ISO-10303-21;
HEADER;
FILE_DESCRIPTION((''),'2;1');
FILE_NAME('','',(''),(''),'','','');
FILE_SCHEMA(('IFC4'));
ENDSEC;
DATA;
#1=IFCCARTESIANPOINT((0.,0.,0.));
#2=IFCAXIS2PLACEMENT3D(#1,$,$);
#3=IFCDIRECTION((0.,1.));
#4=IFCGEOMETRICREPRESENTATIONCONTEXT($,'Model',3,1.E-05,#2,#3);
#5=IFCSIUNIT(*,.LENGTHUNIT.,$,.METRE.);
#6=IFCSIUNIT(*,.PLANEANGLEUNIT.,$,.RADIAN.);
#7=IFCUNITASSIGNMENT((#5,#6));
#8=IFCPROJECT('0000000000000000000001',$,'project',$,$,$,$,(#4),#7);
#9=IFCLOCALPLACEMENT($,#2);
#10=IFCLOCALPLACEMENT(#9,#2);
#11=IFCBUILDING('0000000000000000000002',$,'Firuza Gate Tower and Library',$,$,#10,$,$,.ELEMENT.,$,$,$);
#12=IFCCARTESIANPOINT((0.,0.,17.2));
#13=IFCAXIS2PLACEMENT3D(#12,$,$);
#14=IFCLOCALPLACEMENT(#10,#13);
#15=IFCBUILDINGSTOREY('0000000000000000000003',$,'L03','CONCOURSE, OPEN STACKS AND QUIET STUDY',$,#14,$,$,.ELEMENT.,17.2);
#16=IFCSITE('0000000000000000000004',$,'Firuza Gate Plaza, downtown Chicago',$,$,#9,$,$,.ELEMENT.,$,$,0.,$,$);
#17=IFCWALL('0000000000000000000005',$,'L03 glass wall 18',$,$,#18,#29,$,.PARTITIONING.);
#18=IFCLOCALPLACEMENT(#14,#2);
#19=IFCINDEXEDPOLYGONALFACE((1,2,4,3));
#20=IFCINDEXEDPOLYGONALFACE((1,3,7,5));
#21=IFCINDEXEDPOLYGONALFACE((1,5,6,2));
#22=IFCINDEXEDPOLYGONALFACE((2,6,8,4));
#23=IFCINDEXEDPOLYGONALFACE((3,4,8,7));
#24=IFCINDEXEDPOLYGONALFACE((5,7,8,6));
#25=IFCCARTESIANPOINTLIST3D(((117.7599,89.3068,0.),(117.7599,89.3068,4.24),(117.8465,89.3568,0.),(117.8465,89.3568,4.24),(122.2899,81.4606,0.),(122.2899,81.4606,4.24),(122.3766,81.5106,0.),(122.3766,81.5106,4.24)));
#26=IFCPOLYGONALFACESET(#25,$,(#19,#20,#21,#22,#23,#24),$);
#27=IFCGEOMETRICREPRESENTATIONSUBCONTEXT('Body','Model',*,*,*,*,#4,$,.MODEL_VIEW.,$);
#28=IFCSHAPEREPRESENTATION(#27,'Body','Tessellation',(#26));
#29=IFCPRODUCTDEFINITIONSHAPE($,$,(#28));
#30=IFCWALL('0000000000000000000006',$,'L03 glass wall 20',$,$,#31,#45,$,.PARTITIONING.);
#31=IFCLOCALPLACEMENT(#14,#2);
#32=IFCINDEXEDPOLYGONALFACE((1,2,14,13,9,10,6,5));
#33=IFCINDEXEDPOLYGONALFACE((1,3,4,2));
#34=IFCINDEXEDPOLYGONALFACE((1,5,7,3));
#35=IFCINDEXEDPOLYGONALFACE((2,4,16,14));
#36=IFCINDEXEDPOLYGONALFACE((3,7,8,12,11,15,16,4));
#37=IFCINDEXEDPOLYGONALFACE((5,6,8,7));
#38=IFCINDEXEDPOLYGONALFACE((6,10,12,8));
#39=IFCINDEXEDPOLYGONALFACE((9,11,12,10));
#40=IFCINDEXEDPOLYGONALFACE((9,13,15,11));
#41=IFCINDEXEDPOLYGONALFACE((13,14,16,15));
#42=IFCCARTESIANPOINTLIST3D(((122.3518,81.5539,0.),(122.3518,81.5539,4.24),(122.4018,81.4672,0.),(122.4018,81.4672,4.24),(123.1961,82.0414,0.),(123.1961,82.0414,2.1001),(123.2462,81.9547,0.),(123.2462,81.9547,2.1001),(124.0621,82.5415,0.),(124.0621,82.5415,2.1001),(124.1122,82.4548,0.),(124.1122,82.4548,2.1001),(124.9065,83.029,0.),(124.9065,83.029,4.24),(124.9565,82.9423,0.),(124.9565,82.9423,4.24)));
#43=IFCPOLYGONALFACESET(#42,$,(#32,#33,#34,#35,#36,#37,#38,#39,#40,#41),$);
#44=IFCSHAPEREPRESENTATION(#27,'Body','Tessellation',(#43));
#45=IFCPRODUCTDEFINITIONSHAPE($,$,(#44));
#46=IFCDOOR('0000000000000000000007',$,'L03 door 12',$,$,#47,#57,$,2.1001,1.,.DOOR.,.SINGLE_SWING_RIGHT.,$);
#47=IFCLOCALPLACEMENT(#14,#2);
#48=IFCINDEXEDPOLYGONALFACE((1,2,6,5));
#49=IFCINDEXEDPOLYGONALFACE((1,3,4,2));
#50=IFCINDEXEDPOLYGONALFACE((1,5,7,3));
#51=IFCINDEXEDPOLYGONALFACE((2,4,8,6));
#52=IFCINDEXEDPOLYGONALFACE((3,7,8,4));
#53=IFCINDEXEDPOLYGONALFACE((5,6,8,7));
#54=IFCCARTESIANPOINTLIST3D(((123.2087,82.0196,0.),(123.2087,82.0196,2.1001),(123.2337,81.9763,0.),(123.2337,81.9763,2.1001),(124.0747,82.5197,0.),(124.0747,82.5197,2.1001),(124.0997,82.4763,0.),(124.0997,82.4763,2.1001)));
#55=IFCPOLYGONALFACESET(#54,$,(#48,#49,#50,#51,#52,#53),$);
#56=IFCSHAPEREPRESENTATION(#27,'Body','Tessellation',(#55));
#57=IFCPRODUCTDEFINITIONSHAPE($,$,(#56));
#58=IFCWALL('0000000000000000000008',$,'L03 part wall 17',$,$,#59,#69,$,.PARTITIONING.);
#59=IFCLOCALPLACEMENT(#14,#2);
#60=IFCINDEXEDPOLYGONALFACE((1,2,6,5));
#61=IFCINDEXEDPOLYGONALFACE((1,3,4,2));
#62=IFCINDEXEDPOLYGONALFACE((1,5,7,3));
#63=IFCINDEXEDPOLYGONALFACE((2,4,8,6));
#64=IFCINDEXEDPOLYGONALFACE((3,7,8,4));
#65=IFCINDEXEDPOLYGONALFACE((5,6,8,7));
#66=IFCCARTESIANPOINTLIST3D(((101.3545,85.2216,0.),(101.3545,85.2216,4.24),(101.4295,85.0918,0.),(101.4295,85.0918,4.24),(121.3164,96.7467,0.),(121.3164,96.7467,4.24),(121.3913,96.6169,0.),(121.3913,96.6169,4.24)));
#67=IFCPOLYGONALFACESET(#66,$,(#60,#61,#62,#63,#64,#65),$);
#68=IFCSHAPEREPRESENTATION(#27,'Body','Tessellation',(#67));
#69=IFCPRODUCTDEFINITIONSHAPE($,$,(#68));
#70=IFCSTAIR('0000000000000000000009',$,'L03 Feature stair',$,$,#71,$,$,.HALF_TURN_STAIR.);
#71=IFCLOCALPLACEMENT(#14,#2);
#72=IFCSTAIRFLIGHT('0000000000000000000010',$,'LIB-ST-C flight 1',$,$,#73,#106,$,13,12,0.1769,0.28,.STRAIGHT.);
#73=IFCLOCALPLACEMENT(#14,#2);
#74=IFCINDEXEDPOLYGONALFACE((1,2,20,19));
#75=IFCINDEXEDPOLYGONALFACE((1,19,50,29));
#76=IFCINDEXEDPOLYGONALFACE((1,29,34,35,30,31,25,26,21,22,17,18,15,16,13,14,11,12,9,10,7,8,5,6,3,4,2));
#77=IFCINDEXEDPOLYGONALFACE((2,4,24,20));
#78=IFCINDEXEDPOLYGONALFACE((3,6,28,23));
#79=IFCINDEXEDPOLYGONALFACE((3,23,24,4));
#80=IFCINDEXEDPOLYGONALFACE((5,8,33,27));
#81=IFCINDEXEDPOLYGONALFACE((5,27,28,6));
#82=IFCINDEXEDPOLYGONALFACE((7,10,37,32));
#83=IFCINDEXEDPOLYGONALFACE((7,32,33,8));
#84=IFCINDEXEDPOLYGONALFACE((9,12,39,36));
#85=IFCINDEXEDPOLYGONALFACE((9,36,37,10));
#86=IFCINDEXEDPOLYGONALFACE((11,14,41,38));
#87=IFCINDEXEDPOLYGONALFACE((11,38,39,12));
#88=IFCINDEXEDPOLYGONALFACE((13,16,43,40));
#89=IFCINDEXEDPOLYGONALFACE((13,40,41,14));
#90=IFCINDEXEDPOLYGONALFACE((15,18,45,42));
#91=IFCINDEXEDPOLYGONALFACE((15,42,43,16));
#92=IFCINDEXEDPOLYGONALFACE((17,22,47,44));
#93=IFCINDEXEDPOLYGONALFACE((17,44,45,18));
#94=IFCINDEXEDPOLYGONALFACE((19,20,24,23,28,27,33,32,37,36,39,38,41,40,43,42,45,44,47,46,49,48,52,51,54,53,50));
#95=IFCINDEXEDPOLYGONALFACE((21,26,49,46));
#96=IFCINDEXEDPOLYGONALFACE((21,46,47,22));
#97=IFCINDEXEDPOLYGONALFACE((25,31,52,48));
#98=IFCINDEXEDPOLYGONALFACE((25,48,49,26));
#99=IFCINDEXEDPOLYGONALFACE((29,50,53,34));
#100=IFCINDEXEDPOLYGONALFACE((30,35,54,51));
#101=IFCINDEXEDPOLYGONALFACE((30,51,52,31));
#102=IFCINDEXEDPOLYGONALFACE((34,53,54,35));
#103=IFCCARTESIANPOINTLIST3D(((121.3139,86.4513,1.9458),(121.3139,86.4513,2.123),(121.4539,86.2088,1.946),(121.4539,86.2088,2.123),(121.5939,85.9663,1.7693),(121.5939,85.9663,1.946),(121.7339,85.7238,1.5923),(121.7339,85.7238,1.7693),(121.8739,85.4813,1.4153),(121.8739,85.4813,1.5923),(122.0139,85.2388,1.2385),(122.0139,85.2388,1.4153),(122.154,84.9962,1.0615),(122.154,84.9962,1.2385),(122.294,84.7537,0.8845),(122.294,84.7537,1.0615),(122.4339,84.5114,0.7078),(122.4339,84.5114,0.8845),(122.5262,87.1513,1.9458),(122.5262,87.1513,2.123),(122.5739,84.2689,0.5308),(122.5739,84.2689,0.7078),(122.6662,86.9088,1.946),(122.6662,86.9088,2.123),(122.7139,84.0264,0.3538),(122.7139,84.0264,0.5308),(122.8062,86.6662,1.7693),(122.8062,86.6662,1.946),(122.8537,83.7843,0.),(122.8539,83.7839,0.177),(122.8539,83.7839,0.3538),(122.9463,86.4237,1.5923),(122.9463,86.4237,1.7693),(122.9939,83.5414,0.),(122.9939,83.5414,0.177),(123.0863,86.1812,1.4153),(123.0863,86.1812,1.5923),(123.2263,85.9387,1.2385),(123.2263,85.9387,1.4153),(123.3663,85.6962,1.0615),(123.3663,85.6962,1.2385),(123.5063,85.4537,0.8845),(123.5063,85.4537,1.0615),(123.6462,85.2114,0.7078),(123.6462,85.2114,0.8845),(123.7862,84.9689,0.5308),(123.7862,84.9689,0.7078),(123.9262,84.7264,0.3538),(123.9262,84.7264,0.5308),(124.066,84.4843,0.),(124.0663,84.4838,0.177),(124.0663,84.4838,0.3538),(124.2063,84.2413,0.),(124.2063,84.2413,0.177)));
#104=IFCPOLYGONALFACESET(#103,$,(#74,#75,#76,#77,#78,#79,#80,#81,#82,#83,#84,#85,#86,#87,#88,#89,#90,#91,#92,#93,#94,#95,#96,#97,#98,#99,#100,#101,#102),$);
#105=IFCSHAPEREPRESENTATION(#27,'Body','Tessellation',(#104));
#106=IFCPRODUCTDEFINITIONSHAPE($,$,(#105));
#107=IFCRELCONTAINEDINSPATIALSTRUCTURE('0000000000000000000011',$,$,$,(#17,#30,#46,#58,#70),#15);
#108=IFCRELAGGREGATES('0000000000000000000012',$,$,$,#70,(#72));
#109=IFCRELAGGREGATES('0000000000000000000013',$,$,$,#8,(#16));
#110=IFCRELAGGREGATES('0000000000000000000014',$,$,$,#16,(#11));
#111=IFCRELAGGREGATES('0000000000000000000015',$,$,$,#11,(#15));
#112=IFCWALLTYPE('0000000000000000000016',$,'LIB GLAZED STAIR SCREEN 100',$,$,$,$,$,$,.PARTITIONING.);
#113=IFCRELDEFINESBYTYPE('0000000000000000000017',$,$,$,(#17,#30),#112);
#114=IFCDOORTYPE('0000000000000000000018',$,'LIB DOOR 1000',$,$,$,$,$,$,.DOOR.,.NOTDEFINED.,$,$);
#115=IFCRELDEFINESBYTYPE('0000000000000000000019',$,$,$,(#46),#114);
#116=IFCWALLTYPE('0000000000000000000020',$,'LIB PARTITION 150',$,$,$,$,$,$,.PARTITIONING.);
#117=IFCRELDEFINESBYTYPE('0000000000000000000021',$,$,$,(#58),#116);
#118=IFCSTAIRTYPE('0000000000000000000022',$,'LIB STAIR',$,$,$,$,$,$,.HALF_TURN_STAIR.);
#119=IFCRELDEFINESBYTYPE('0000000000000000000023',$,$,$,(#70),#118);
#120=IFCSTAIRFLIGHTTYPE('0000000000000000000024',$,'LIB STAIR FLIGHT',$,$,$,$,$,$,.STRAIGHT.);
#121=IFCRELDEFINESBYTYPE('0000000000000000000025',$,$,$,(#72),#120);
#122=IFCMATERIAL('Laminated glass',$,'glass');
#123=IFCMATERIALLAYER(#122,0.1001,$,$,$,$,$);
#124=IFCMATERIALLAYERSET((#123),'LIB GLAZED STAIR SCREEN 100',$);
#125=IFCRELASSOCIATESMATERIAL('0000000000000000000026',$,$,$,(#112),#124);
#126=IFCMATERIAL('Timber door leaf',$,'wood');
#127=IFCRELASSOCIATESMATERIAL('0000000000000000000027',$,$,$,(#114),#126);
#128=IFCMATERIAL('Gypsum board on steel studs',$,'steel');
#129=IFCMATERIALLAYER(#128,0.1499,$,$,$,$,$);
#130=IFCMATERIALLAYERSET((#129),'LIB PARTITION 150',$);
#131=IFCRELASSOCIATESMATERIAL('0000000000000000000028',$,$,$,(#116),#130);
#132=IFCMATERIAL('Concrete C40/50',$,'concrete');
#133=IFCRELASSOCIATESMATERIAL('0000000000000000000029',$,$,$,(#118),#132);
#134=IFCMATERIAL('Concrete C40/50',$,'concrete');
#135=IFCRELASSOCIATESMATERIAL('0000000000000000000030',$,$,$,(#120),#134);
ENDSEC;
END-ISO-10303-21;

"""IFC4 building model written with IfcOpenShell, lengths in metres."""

from ifc_helpers import new_model, si_unit, direction, frame, frame_2d, origin, place, context, subcontext, project, spatial, polyline, rectangle, outline, extrude, material, layer, layer_set, type_object, element, fill, aggregate, save


model = new_model("IFC4")

# Units and contexts
model_context = context("Model", 3, precision=1e-05, world=origin(), true_north=direction((0.0, 1.0)))
body_context = subcontext(model_context, "Body", "Model", "MODEL_VIEW")
ifc_project = project(units=[si_unit("LENGTHUNIT", "METRE"), si_unit("PLANEANGLEUNIT", "RADIAN")], contexts=[model_context])

# Site, building, storey
site_placement = place(None, origin())
site = spatial("IfcSite", under=ifc_project, at=site_placement, Name="Firuza Gate Plaza, downtown Chicago", CompositionType="ELEMENT", RefElevation=0.0)
building_placement = place(site_placement, origin())
building = spatial("IfcBuilding", under=site, at=building_placement, Name="Firuza Gate Tower and Library", CompositionType="ELEMENT")
storey_placement = place(building_placement, frame((0.0, 0.0, 17.2)))
storey = spatial("IfcBuildingStorey", under=building, at=storey_placement, Name="L03", Description="CONCOURSE, OPEN STACKS AND QUIET STUDY", CompositionType="ELEMENT", Elevation=17.2)

# Shared definitions
placement = place(storey_placement, origin())

# Wall
ifc_material_1 = material(Name="Laminated glass", Category="glass")
ifc_layer_1 = layer(ifc_material_1, 0.1001)
ifc_layer_set_1 = layer_set([ifc_layer_1], Name="LIB GLAZED STAIR SCREEN 100")
wall_type_1 = type_object("IfcWallType", Name="LIB GLAZED STAIR SCREEN 100", PredefinedType="PARTITIONING", material=ifc_layer_set_1)
wall_1_placement = place(storey_placement, frame((122.3333, 81.4856, 0.0), z_axis=(0.0, 0.0, 1.0), x_axis=(-0.500002, 0.866024, 0.0)))
element("IfcWall", 1, at=wall_1_placement, inside=storey, type_object=wall_type_1, Name="L03 glass wall 18", PredefinedType="PARTITIONING", context=body_context, shape_type="SweptSolid", body=[
    extrude(rectangle(XDim=9.0601, YDim=0.1001, at=frame_2d((4.53, 0.0))), origin(), (0.0, 0.0, 1.0), 4.24),
])

# Wall, opening, door
wall_2_placement = place(storey_placement, frame((122.3767, 81.5105, 0.0), z_axis=(0.0, 0.0, 1.0), x_axis=(0.866004, 0.500038, 0.0)))
wall_2 = element("IfcWall", 2, at=wall_2_placement, inside=storey, type_object=wall_type_1, Name="L03 glass wall 20", PredefinedType="PARTITIONING", context=body_context, shape_type="SweptSolid", body=[
    extrude(rectangle(XDim=2.95, YDim=0.1001, at=frame_2d((1.4751, 0.0))), origin(), (0.0, 0.0, 1.0), 4.24),
])
opening_1_placement = place(wall_2_placement, frame((0.9751, 0.0, 0.0)))
opening_1 = element("IfcOpeningElement", 3, at=opening_1_placement, cuts=wall_2, PredefinedType="OPENING", context=body_context, shape_type="SweptSolid", body=[
    extrude(rectangle(XDim=1.0, YDim=2.1001, at=frame_2d((0.5, 1.05))), frame((0.0, 0.0601, 0.0), z_axis=(0.0, -1.0, 0.0), x_axis=(1.0, 0.0, 0.0)), (0.0, 0.0, 1.0), 0.1201),
])
ifc_material_2 = material(Name="Timber door leaf", Category="wood")
door_type_1 = type_object("IfcDoorType", Name="LIB DOOR 1000", OperationType="NOTDEFINED", PredefinedType="DOOR", material=ifc_material_2)
door_1_placement = place(opening_1_placement, origin())
door_1 = element("IfcDoor", 4, at=door_1_placement, inside=storey, type_object=door_type_1, Name="L03 door 12", OperationType="SINGLE_SWING_RIGHT", OverallHeight=2.1001, OverallWidth=1.0, PredefinedType="DOOR", context=body_context, shape_type="SweptSolid", body=[
    extrude(rectangle(XDim=1.0, YDim=2.1001, at=frame_2d((0.5, 1.05))), frame((0.0, 0.0249, 0.0), z_axis=(0.0, -1.0, 0.0), x_axis=(1.0, 0.0, 0.0)), (0.0, 0.0, 1.0), 0.05),
])
fill(opening_1, door_1)

# Wall
ifc_material_3 = material(Name="Gypsum board on steel studs", Category="steel")
ifc_layer_2 = layer(ifc_material_3, 0.1499)
ifc_layer_set_2 = layer_set([ifc_layer_2], Name="LIB PARTITION 150")
wall_type_2 = type_object("IfcWallType", Name="LIB PARTITION 150", PredefinedType="PARTITIONING", material=ifc_layer_set_2)
wall_3_placement = place(storey_placement, frame((101.3921, 85.1567, 0.0), z_axis=(0.0, 0.0, 1.0), x_axis=(0.866023, 0.500004, 0.0)))
element("IfcWall", 5, at=wall_3_placement, inside=storey, type_object=wall_type_2, Name="L03 part wall 17", PredefinedType="PARTITIONING", context=body_context, shape_type="SweptSolid", body=[
    extrude(rectangle(XDim=23.05, YDim=0.1499, at=frame_2d((11.5249, 0.0))), origin(), (0.0, 0.0, 1.0), 4.24),
])

# Stair, stair flight
ifc_material_4 = material(Name="Concrete C40/50", Category="concrete")
stair_type = type_object("IfcStairType", Name="LIB STAIR", PredefinedType="HALF_TURN_STAIR", material=ifc_material_4)
stair = element("IfcStair", 6, at=placement, inside=storey, type_object=stair_type, Name="L03 Feature stair", PredefinedType="HALF_TURN_STAIR")
ifc_material_5 = material(Name="Concrete C40/50", Category="concrete")
stair_flight_type = type_object("IfcStairFlightType", Name="LIB STAIR FLIGHT", PredefinedType="STRAIGHT", material=ifc_material_5)
stair_flight_placement = place(storey_placement, frame((123.6001, 83.8914, 0.0), z_axis=(0.0, 0.0, 1.0), x_axis=(-0.5, 0.866025, 0.0)))
stair_flight = element("IfcStairFlight", 7, at=stair_flight_placement, type_object=stair_flight_type, Name="LIB-ST-C flight 1", NumberOfRisers=13, NumberOfTreads=12, PredefinedType="STRAIGHT", RiserHeight=0.1769, TreadLength=0.28, context=body_context, shape_type="SweptSolid", body=[
    extrude(outline(polyline([(0.0, 0.0), (0.0, 0.177), (0.28, 0.177), (0.28, 0.3538), (0.5601, 0.3538), (0.5601, 0.5308), (0.8401, 0.5308), (0.8401, 0.7078), (1.1201, 0.7078), (1.1201, 0.8845), (1.3999, 0.8845), (1.3999, 1.0615), (1.6799, 1.0615), (1.6799, 1.2385), (1.96, 1.2385), (1.96, 1.4153), (2.24, 1.4153), (2.24, 1.5923), (2.52, 1.5923), (2.52, 1.7693), (2.8, 1.7693), (2.8, 1.946), (3.0801, 1.946), (3.0801, 2.123), (3.3601, 2.123), (3.3601, 2.3), (3.3601, 1.9458), (0.2805, 0.0), (0.0, 0.0)])), frame((0.0, 0.7, 0.0), z_axis=(0.0, -1.0, 0.0), x_axis=(1.0, 0.0, 0.0)), (0.0, 0.0, 1.0), 1.3999),
])
aggregate(stair, [stair_flight])

save(model, "model.ifc")
